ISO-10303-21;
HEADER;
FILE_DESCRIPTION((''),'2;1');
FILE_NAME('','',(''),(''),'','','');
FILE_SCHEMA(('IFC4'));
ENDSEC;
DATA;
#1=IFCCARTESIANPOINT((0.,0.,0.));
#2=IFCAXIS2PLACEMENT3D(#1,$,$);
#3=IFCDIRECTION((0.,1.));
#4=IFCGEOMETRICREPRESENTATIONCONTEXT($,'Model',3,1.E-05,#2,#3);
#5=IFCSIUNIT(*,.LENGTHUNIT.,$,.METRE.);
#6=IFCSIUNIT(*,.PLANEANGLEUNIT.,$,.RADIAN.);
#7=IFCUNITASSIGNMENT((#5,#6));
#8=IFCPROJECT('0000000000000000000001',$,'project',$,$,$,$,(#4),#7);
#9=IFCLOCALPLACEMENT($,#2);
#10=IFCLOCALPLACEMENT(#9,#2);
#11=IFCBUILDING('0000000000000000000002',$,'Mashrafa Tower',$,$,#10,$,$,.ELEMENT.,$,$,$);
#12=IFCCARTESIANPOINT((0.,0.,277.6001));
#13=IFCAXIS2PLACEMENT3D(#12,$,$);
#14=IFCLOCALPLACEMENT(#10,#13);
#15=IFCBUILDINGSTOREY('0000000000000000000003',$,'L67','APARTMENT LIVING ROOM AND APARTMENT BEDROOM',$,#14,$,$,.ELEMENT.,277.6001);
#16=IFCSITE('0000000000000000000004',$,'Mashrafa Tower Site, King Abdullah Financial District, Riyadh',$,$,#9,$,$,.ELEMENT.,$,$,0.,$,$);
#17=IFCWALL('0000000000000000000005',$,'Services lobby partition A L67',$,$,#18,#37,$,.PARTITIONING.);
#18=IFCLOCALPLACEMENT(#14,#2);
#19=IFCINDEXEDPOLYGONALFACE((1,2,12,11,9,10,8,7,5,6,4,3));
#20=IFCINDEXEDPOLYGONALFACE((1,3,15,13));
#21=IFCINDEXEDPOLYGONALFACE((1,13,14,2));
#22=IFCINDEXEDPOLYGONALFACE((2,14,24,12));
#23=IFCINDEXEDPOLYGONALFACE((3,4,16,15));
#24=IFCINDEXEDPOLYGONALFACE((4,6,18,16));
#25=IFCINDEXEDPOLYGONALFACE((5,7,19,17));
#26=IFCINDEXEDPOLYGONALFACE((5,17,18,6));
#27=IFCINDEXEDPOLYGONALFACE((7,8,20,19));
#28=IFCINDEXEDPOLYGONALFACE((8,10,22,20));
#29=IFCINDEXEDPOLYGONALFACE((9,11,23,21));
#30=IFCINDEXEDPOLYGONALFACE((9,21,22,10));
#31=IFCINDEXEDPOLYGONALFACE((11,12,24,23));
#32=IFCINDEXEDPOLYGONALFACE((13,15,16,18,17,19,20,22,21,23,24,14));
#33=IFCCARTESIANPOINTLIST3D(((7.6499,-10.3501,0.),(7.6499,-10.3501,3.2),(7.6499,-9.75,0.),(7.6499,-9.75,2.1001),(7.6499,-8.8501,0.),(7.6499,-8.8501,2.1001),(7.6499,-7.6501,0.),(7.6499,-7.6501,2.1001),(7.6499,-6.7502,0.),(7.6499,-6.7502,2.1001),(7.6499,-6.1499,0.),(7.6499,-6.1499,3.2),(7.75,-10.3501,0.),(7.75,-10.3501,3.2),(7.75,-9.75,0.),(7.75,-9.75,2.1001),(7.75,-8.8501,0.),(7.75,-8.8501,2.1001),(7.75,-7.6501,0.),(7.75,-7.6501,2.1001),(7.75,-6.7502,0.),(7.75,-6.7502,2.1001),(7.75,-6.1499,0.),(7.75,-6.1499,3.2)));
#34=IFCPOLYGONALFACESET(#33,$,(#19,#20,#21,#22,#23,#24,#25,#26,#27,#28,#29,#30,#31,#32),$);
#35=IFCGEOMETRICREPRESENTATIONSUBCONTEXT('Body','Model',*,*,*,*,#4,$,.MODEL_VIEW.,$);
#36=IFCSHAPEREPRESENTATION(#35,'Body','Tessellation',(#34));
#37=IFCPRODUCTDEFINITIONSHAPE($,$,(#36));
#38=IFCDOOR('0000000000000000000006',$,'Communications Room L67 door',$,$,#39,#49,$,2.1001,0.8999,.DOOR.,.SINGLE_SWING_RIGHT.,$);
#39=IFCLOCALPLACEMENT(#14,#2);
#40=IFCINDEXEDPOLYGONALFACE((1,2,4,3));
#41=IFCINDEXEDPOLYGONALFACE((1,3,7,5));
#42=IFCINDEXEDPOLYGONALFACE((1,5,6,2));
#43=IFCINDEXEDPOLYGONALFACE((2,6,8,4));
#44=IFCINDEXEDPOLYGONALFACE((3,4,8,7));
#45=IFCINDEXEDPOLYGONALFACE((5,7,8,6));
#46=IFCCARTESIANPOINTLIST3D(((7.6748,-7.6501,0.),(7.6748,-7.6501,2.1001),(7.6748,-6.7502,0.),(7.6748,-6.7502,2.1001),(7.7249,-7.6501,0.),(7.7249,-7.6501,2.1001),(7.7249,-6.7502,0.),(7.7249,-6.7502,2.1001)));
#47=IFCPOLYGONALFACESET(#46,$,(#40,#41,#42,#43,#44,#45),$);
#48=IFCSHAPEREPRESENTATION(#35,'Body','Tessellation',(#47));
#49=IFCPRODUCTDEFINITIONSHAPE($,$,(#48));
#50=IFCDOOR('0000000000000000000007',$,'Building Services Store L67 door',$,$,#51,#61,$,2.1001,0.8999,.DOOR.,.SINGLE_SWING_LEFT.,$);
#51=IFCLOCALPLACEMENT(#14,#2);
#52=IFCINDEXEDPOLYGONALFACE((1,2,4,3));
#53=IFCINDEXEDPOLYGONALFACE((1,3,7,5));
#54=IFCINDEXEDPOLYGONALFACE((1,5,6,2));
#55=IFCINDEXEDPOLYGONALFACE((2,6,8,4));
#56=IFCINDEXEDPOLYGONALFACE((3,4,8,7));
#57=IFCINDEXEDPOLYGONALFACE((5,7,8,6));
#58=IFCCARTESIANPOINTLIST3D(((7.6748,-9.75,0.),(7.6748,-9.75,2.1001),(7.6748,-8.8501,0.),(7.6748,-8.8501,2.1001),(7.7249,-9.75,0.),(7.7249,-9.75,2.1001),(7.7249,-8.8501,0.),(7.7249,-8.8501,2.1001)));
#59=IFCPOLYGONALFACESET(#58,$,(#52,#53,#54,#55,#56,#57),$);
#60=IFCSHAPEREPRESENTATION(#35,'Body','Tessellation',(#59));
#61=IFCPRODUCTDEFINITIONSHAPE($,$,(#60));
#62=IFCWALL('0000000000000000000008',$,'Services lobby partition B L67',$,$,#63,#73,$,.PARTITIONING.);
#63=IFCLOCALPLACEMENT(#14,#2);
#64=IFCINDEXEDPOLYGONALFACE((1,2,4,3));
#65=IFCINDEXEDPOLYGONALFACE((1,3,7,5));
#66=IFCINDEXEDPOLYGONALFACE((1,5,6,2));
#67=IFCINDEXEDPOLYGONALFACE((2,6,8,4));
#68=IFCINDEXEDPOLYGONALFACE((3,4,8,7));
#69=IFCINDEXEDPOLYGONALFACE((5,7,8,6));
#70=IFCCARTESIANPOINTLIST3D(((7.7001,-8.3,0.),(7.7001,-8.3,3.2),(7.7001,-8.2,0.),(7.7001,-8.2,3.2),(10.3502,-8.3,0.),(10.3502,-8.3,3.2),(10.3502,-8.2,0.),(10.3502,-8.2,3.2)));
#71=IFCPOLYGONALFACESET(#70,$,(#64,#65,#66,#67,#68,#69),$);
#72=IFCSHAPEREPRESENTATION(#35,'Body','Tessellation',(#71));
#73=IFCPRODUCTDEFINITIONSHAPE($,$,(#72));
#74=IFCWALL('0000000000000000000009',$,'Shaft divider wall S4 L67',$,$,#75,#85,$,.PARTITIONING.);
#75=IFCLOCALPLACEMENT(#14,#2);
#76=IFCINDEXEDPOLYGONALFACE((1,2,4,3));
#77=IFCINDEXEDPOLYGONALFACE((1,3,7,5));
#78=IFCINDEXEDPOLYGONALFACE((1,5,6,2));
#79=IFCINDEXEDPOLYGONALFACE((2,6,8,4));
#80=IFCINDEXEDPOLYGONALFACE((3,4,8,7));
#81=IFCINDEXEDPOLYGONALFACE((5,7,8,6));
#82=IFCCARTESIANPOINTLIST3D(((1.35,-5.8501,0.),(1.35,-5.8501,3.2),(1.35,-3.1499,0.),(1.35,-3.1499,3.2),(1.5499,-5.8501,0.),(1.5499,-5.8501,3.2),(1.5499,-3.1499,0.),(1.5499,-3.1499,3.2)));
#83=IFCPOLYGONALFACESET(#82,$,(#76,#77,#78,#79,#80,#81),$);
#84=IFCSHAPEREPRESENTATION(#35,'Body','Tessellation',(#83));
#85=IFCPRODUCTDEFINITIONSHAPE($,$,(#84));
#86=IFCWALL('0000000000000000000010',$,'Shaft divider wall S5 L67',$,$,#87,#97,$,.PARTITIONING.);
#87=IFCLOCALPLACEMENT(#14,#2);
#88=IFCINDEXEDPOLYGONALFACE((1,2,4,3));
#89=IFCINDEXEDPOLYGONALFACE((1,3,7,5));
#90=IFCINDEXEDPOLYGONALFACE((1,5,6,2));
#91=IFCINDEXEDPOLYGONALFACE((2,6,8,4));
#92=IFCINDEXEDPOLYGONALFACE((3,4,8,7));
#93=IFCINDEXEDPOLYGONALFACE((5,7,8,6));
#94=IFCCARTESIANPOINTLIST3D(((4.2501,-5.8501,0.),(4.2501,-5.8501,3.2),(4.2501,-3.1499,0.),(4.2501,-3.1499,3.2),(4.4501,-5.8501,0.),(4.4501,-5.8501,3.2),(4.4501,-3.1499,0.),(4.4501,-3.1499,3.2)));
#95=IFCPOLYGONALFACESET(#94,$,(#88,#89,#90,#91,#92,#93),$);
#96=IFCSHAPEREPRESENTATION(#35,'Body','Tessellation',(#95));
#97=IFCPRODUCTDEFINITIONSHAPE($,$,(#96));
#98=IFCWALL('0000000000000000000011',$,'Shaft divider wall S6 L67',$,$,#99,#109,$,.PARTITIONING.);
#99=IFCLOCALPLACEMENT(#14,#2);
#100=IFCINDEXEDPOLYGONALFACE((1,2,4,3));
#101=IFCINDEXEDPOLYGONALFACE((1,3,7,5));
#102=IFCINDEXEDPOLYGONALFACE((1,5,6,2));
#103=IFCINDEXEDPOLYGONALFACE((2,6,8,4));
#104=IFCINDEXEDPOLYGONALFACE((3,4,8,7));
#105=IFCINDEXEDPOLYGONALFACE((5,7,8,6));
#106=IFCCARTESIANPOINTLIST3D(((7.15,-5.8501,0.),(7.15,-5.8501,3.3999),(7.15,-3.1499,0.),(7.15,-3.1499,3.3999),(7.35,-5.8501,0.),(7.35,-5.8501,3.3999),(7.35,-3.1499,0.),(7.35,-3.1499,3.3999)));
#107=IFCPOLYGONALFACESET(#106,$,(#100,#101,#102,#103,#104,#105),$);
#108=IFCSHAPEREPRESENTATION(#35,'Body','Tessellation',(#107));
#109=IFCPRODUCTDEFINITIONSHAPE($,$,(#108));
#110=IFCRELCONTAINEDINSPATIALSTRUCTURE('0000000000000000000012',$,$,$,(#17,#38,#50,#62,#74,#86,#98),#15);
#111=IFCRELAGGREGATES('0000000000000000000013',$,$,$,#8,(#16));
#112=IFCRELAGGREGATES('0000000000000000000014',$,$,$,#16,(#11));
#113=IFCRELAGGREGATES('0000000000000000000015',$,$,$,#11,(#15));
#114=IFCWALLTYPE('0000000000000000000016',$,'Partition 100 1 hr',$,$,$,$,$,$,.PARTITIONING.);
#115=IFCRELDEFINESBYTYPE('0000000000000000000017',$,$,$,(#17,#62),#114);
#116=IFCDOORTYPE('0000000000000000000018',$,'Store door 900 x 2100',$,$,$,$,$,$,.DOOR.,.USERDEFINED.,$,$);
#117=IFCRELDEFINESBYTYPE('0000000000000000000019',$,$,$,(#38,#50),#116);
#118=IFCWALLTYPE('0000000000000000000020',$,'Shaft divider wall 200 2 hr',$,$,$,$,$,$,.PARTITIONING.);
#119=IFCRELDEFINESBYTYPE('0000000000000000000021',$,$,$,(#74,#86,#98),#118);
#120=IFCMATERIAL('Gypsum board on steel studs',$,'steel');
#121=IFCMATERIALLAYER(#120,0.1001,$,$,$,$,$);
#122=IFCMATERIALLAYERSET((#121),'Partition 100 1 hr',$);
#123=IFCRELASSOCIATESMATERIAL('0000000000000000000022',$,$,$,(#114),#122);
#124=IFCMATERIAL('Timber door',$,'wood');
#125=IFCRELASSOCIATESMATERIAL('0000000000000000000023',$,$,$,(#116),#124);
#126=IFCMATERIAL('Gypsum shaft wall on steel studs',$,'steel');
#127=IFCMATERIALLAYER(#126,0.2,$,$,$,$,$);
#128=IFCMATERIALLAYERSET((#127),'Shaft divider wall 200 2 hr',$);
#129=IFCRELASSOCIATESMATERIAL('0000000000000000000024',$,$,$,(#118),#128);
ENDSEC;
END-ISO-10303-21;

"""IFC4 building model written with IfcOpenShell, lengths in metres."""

from ifc_helpers import new_model, si_unit, direction, frame, frame_2d, origin, place, context, subcontext, project, spatial, rectangle, extrude, material, layer, layer_set, type_object, element, fill, save


model = new_model("IFC4")

# Units and contexts
model_context = context("Model", 3, precision=1e-05, world=origin(), true_north=direction((0.0, 1.0)))
body_context = subcontext(model_context, "Body", "Model", "MODEL_VIEW")
ifc_project = project(units=[si_unit("LENGTHUNIT", "METRE"), si_unit("PLANEANGLEUNIT", "RADIAN")], contexts=[model_context])

# Site, building, storey
site_placement = place(None, origin())
site = spatial("IfcSite", under=ifc_project, at=site_placement, Name="Mashrafa Tower Site, King Abdullah Financial District, Riyadh", CompositionType="ELEMENT", RefElevation=0.0)
building_placement = place(site_placement, origin())
building = spatial("IfcBuilding", under=site, at=building_placement, Name="Mashrafa Tower", CompositionType="ELEMENT")
storey_placement = place(building_placement, frame((0.0, 0.0, 277.6001)))
storey = spatial("IfcBuildingStorey", under=building, at=storey_placement, Name="L67", Description="APARTMENT LIVING ROOM AND APARTMENT BEDROOM", CompositionType="ELEMENT", Elevation=277.6001)

# Wall, openings, doors
ifc_material_1 = material(Name="Gypsum board on steel studs", Category="steel")
ifc_layer_1 = layer(ifc_material_1, 0.1001)
ifc_layer_set_1 = layer_set([ifc_layer_1], Name="Partition 100 1 hr")
wall_type_1 = type_object("IfcWallType", Name="Partition 100 1 hr", PredefinedType="PARTITIONING", material=ifc_layer_set_1)
wall_1_placement = place(storey_placement, frame((7.7, -10.3501, 0.0), z_axis=(0.0, 0.0, 1.0), x_axis=(0.0, 1.0, 0.0)))
wall_1 = element("IfcWall", 1, at=wall_1_placement, inside=storey, type_object=wall_type_1, Name="Services lobby partition A L67", PredefinedType="PARTITIONING", context=body_context, shape_type="SweptSolid", body=[
    extrude(rectangle(XDim=4.2002, YDim=0.1001, at=frame_2d((2.1001, 0.0))), origin(), (0.0, 0.0, 1.0), 3.2),
])
opening_1_placement = place(wall_1_placement, frame((2.7, 0.0, 0.0)))
opening_1 = element("IfcOpeningElement", 2, at=opening_1_placement, cuts=wall_1, PredefinedType="OPENING", context=body_context, shape_type="SweptSolid", body=[
    extrude(rectangle(XDim=0.8999, YDim=2.1001, at=frame_2d((0.45, 1.05))), frame((0.0, 0.0601, 0.0), z_axis=(0.0, -1.0, 0.0), x_axis=(1.0, 0.0, 0.0)), (0.0, 0.0, 1.0), 0.1201),
])
opening_2_placement = place(wall_1_placement, frame((0.6001, 0.0, 0.0)))
opening_2 = element("IfcOpeningElement", 3, at=opening_2_placement, cuts=wall_1, PredefinedType="OPENING", context=body_context, shape_type="SweptSolid", body=[
    extrude(rectangle(XDim=0.8999, YDim=2.1001, at=frame_2d((0.45, 1.05))), frame((0.0, 0.0601, 0.0), z_axis=(0.0, -1.0, 0.0), x_axis=(1.0, 0.0, 0.0)), (0.0, 0.0, 1.0), 0.1201),
])
ifc_material_2 = material(Name="Timber door", Category="wood")
door_type_1 = type_object("IfcDoorType", Name="Store door 900 x 2100", OperationType="USERDEFINED", PredefinedType="DOOR", material=ifc_material_2)
door_1_placement = place(opening_1_placement, frame((0.8999, 0.0, 0.0), z_axis=(0.0, 0.0, 1.0), x_axis=(-1.0, 0.0, 0.0)))
door_1 = element("IfcDoor", 4, at=door_1_placement, inside=storey, type_object=door_type_1, Name="Communications Room L67 door", OperationType="SINGLE_SWING_RIGHT", OverallHeight=2.1001, OverallWidth=0.8999, PredefinedType="DOOR", context=body_context, shape_type="SweptSolid", body=[
    extrude(rectangle(XDim=0.8999, YDim=2.1001, at=frame_2d((0.45, 1.05))), frame((0.0, 0.0249, 0.0), z_axis=(0.0, -1.0, 0.0), x_axis=(1.0, 0.0, 0.0)), (0.0, 0.0, 1.0), 0.05),
])
fill(opening_1, door_1)
door_2_placement = place(opening_2_placement, frame((0.8999, 0.0, 0.0), z_axis=(0.0, 0.0, 1.0), x_axis=(-1.0, 0.0, 0.0)))
door_2 = element("IfcDoor", 5, at=door_2_placement, inside=storey, type_object=door_type_1, Name="Building Services Store L67 door", OperationType="SINGLE_SWING_LEFT", OverallHeight=2.1001, OverallWidth=0.8999, PredefinedType="DOOR", context=body_context, shape_type="SweptSolid", body=[
    extrude(rectangle(XDim=0.8999, YDim=2.1001, at=frame_2d((0.45, 1.05))), frame((0.0, 0.0249, 0.0), z_axis=(0.0, -1.0, 0.0), x_axis=(1.0, 0.0, 0.0)), (0.0, 0.0, 1.0), 0.05),
])
fill(opening_2, door_2)

# Walls
wall_2_placement = place(storey_placement, frame((7.7, -8.25, 0.0), z_axis=(0.0, 0.0, 1.0), x_axis=(1.0, 0.0, 0.0)))
element("IfcWall", 6, at=wall_2_placement, inside=storey, type_object=wall_type_1, Name="Services lobby partition B L67", PredefinedType="PARTITIONING", context=body_context, shape_type="SweptSolid", body=[
    extrude(rectangle(XDim=2.6501, YDim=0.1001, at=frame_2d((1.3252, 0.0))), origin(), (0.0, 0.0, 1.0), 3.2),
])
ifc_material_3 = material(Name="Gypsum shaft wall on steel studs", Category="steel")
ifc_layer_2 = layer(ifc_material_3, 0.2)
ifc_layer_set_2 = layer_set([ifc_layer_2], Name="Shaft divider wall 200 2 hr")
wall_type_2 = type_object("IfcWallType", Name="Shaft divider wall 200 2 hr", PredefinedType="PARTITIONING", material=ifc_layer_set_2)
for number, where, z_axis, x_axis, name in (
    (7, (1.45, -5.8501, 0.0), (0.0, 0.0, 1.0), (0.0, 1.0, 0.0), "Shaft divider wall S4 L67"),
    (8, (4.3501, -5.8501, 0.0), (0.0, 0.0, 1.0), (0.0, 1.0, 0.0), "Shaft divider wall S5 L67"),
):
    element("IfcWall", number, at=place(storey_placement, frame(where, z_axis=z_axis, x_axis=x_axis)), inside=storey, type_object=wall_type_2, Name=name, PredefinedType="PARTITIONING", context=body_context, shape_type="SweptSolid", body=[
        extrude(rectangle(XDim=2.7002, YDim=0.2, at=frame_2d((1.3501, 0.0))), origin(), (0.0, 0.0, 1.0), 3.2),
    ])
wall_3_placement = place(storey_placement, frame((7.25, -5.8501, 0.0), z_axis=(0.0, 0.0, 1.0), x_axis=(0.0, 1.0, 0.0)))
element("IfcWall", 9, at=wall_3_placement, inside=storey, type_object=wall_type_2, Name="Shaft divider wall S6 L67", PredefinedType="PARTITIONING", context=body_context, shape_type="SweptSolid", body=[
    extrude(rectangle(XDim=2.7002, YDim=0.2, at=frame_2d((1.3501, 0.0))), origin(), (0.0, 0.0, 1.0), 3.3999),
])

save(model, "model.ifc")
